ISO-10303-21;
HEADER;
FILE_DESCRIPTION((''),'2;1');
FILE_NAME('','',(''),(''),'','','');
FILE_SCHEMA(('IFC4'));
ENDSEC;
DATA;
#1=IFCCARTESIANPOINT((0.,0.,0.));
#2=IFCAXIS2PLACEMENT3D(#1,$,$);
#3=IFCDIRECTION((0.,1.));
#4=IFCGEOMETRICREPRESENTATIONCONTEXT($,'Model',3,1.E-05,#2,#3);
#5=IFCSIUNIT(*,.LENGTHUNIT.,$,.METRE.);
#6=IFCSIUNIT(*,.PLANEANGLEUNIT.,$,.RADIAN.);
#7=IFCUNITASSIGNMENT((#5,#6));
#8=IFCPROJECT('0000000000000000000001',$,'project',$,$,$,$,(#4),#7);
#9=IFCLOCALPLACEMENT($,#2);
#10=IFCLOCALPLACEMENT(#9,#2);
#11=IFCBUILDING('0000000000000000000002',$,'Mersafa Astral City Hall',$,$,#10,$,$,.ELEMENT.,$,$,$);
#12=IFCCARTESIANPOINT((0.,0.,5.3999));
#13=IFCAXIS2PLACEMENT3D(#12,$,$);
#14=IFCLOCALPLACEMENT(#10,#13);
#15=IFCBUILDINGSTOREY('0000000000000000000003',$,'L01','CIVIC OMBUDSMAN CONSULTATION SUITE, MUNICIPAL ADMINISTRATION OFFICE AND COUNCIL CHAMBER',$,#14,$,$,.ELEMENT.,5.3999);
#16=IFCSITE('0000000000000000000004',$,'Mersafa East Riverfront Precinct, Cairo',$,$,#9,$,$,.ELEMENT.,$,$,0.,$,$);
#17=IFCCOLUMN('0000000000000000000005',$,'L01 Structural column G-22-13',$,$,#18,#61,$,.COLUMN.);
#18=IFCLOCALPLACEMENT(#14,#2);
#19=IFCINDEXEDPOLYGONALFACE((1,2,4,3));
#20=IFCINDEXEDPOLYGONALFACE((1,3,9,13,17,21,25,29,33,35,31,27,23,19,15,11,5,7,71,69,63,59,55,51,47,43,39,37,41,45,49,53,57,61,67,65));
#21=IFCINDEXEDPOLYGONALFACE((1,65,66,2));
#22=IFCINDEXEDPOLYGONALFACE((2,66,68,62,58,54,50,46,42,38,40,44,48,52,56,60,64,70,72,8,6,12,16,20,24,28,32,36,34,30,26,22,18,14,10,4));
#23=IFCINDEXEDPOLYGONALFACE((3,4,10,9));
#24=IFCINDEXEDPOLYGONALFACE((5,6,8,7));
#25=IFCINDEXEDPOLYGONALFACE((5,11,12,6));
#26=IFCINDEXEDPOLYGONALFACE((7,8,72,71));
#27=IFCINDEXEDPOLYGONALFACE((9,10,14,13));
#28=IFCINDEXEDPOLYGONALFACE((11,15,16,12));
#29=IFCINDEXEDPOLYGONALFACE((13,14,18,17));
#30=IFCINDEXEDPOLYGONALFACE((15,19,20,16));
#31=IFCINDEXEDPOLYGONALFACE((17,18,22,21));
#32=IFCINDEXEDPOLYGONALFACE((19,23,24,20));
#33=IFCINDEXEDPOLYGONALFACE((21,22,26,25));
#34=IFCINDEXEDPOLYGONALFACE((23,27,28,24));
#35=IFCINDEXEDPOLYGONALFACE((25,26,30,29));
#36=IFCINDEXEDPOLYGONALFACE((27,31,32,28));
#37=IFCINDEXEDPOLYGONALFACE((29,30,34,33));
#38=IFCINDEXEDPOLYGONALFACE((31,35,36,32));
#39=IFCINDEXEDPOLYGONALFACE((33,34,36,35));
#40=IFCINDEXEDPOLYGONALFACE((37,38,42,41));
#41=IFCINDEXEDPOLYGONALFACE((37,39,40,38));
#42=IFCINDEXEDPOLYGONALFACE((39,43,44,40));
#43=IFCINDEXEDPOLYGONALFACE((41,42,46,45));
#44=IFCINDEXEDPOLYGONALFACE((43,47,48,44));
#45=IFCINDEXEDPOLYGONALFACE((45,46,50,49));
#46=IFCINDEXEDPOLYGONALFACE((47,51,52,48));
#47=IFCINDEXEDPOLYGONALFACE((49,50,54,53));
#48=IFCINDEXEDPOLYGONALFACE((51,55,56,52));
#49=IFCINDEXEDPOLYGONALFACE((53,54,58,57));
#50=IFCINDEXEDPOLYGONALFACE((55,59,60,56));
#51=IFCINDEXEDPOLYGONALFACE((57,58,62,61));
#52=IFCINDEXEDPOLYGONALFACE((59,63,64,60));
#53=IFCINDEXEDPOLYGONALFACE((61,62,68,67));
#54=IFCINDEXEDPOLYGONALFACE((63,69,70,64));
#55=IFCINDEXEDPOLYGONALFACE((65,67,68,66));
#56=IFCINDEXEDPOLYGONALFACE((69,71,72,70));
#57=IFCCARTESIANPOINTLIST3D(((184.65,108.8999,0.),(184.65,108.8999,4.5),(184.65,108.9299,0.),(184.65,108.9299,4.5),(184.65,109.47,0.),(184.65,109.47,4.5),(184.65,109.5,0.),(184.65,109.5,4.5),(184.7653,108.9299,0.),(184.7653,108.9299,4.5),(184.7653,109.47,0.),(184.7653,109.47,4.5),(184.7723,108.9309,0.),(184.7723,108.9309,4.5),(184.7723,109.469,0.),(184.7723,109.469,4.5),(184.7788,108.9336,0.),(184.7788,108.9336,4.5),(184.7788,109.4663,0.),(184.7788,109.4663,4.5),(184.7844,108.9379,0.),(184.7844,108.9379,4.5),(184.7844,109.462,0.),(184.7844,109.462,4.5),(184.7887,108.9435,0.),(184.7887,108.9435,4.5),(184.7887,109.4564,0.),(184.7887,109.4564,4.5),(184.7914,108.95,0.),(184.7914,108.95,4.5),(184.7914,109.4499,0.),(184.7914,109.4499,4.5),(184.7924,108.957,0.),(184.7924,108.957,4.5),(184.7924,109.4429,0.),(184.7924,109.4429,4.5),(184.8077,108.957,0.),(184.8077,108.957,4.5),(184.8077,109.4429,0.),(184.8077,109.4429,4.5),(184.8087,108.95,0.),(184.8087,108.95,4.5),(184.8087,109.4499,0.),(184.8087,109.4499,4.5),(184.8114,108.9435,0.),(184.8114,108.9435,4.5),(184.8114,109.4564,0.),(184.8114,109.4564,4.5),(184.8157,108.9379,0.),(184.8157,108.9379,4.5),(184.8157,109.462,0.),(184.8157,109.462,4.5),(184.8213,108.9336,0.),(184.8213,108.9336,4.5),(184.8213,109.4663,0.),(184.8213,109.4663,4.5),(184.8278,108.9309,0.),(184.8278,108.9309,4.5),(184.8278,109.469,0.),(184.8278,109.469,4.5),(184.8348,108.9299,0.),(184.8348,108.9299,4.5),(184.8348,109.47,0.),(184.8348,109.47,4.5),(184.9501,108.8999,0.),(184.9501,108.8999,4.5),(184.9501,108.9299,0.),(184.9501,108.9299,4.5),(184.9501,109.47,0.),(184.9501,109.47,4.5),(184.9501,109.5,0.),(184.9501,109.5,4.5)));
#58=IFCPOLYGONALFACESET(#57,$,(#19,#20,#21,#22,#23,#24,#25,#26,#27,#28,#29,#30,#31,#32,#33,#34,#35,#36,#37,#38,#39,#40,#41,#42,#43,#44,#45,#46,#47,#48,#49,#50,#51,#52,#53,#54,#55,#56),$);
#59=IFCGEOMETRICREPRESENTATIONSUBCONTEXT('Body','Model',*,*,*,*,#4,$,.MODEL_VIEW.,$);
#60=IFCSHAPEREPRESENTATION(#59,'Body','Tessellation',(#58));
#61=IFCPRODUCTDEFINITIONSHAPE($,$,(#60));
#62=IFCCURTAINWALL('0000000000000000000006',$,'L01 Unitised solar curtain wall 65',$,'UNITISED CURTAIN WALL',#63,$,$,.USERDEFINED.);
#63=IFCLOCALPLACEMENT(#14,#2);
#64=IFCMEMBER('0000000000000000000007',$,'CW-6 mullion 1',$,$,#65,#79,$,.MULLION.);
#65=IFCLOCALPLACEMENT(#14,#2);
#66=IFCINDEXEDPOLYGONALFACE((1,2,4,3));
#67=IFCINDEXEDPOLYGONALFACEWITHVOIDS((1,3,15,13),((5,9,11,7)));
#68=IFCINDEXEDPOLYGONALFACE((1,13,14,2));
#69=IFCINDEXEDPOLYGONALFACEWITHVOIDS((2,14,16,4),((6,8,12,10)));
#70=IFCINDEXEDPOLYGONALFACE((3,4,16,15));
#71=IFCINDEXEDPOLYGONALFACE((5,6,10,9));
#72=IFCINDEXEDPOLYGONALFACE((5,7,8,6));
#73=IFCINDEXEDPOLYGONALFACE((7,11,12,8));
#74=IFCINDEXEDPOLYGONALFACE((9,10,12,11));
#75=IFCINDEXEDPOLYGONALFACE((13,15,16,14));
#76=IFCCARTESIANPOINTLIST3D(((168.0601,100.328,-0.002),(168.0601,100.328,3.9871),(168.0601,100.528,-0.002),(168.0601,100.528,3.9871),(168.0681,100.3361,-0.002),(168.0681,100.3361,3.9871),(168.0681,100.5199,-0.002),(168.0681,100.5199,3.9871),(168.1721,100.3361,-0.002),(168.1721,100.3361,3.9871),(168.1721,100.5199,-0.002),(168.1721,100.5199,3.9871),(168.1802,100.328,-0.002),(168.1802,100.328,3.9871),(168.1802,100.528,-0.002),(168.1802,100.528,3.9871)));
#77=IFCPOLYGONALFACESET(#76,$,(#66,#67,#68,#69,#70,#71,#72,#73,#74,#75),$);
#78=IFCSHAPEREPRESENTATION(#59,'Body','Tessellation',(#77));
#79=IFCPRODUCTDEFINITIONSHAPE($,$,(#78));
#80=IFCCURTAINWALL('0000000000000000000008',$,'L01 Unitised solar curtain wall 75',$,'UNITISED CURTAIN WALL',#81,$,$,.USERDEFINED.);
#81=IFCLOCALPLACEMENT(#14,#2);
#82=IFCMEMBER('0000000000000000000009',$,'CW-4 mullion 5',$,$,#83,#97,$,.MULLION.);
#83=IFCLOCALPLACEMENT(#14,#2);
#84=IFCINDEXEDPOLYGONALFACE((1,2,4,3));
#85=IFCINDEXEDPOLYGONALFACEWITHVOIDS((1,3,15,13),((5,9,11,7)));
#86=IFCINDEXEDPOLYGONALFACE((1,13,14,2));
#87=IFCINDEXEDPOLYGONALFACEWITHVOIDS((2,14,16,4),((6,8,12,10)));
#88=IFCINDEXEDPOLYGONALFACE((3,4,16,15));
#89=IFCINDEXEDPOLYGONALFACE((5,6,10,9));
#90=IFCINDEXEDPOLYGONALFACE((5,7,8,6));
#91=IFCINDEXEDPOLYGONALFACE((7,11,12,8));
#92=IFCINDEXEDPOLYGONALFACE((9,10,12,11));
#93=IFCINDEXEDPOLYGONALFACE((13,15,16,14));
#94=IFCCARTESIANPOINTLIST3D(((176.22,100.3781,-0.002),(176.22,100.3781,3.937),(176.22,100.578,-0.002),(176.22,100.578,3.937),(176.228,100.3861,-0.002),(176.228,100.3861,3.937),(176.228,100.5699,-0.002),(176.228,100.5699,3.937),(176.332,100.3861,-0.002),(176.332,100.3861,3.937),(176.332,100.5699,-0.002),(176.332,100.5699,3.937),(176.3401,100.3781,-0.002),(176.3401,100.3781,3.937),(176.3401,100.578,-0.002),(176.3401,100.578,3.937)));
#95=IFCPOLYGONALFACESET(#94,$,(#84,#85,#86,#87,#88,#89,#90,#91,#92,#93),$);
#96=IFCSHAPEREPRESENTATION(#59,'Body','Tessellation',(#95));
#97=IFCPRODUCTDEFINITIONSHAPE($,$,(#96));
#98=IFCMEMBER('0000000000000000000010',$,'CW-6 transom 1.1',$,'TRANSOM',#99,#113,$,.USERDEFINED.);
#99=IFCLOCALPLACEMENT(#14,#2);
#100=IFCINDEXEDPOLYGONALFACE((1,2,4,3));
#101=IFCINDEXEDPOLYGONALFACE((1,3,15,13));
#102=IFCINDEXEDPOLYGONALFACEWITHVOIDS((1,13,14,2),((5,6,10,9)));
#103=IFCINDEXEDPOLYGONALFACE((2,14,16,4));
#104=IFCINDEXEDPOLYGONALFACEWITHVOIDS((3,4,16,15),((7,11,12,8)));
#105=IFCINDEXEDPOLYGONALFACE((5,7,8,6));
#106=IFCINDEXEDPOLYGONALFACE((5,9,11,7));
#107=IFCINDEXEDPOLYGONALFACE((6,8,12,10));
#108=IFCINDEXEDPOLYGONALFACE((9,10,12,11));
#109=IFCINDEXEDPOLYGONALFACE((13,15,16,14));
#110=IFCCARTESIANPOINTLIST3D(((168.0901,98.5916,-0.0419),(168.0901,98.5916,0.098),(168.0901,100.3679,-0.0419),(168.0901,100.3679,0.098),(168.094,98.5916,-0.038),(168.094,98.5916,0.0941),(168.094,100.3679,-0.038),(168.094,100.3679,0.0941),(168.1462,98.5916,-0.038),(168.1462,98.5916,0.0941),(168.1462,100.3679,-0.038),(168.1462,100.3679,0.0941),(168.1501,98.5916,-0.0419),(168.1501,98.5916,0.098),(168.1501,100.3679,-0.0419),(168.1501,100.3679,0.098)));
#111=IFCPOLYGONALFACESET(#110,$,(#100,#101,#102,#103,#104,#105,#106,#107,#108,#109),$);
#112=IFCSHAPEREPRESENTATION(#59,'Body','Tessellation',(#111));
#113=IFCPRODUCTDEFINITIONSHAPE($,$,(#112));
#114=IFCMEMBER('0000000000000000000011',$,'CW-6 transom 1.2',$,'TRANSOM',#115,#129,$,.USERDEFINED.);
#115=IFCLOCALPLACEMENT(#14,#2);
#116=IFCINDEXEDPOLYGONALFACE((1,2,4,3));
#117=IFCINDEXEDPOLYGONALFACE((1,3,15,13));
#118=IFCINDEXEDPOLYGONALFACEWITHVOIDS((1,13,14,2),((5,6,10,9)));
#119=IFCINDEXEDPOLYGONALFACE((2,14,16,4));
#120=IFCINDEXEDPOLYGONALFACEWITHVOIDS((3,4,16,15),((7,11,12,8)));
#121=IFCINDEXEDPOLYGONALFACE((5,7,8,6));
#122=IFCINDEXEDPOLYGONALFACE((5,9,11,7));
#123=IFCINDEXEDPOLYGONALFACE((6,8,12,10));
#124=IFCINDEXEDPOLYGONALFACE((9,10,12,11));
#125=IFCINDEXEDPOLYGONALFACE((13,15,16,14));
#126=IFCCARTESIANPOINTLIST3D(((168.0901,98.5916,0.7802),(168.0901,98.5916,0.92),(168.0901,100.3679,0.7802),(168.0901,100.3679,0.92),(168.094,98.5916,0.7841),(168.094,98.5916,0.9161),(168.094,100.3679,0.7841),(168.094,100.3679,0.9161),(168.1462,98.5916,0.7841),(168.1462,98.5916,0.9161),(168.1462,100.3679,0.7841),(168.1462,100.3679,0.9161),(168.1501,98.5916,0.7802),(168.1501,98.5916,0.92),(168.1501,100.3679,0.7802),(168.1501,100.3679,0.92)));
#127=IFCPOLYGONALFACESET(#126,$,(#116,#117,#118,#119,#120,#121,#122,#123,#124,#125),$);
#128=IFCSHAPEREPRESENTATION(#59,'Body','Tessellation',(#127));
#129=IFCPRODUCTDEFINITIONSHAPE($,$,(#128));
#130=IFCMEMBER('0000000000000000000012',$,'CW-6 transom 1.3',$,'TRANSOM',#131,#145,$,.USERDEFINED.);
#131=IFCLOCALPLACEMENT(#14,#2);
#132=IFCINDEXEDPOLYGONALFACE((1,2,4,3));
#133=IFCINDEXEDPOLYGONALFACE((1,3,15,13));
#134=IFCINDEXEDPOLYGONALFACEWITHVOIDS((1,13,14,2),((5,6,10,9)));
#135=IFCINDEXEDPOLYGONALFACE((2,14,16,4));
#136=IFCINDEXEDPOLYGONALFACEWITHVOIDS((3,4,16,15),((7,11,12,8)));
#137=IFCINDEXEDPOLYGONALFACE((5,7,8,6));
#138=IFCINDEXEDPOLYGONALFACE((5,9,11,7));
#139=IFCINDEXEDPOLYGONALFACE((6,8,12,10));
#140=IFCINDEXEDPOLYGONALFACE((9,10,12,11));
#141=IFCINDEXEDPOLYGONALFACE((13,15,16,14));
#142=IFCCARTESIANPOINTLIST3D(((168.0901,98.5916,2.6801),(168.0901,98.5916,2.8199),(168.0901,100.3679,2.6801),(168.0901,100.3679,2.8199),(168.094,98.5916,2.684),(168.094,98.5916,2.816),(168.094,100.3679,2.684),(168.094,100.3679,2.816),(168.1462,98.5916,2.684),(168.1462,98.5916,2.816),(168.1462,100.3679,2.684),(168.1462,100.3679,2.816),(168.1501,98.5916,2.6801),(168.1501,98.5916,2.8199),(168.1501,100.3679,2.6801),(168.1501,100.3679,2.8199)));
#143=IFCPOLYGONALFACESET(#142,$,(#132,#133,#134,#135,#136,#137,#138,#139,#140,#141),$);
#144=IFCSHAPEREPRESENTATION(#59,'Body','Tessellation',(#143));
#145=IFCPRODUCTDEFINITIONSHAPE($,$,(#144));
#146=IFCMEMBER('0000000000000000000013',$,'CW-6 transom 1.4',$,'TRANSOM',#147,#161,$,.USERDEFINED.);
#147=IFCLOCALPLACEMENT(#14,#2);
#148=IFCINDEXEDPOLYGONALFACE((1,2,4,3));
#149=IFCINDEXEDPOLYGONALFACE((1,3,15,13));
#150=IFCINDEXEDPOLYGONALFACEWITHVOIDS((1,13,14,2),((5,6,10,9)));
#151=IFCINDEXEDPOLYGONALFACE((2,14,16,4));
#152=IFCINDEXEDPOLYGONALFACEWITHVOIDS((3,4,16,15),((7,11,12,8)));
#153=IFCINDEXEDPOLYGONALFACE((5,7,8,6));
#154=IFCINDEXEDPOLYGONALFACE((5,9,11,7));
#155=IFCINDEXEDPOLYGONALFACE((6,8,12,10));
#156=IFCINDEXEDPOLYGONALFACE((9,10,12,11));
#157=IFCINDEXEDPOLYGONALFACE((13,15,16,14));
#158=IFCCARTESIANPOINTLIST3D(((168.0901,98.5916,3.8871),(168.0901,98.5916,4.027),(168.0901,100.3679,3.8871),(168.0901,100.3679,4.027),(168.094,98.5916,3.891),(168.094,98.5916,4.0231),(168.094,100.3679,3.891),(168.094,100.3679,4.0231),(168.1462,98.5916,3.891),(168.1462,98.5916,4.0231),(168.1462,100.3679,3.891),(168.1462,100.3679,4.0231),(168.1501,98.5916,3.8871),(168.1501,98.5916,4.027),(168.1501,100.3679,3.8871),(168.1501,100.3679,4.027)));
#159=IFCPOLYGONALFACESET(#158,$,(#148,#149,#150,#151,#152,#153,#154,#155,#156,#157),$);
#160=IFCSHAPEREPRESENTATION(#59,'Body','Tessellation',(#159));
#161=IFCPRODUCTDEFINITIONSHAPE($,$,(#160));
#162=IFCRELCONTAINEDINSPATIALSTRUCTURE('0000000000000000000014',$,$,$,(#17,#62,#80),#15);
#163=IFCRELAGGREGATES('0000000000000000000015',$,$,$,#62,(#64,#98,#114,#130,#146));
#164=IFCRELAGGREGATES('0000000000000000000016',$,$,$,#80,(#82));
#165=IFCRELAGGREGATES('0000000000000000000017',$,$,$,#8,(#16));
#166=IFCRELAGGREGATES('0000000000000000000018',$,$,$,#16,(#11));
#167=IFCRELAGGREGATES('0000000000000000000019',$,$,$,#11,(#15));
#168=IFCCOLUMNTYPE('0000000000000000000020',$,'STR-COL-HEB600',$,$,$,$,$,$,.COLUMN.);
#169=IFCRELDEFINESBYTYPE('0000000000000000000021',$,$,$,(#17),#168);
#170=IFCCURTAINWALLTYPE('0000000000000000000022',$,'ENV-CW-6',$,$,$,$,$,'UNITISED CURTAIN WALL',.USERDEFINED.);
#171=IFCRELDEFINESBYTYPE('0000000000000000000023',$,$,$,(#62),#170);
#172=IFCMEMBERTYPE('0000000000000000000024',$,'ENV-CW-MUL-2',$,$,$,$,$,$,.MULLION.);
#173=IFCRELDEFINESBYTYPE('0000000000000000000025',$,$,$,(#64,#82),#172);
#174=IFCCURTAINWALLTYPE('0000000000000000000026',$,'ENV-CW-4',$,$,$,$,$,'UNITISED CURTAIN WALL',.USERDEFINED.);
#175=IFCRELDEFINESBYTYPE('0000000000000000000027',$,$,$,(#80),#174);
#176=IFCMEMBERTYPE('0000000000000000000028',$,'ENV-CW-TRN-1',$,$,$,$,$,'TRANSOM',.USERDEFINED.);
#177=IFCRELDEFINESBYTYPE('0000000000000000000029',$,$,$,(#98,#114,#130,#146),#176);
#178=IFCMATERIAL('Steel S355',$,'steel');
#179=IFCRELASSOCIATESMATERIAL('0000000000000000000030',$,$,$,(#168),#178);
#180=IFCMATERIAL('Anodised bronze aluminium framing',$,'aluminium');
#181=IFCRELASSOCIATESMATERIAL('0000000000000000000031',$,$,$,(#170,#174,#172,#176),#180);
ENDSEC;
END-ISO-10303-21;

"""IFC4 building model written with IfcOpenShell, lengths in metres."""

from ifc_helpers import new_model, si_unit, direction, frame, origin, origin_2d, place, context, subcontext, project, spatial, hollow_rectangle, i_section, extrude, material, material_profile, profile_set, type_object, element, aggregate, save


model = new_model("IFC4")

# Units and contexts
model_context = context("Model", 3, precision=1e-05, world=origin(), true_north=direction((0.0, 1.0)))
body_context = subcontext(model_context, "Body", "Model", "MODEL_VIEW")
ifc_project = project(units=[si_unit("LENGTHUNIT", "METRE"), si_unit("PLANEANGLEUNIT", "RADIAN")], contexts=[model_context])

# Site, building, storey
site_placement = place(None, origin())
site = spatial("IfcSite", under=ifc_project, at=site_placement, Name="Mersafa East Riverfront Precinct, Cairo", CompositionType="ELEMENT", RefElevation=0.0)
building_placement = place(site_placement, origin())
building = spatial("IfcBuilding", under=site, at=building_placement, Name="Mersafa Astral City Hall", CompositionType="ELEMENT")
storey_placement = place(building_placement, frame((0.0, 0.0, 5.3999)))
storey = spatial("IfcBuildingStorey", under=building, at=storey_placement, Name="L01", Description="CIVIC OMBUDSMAN CONSULTATION SUITE, MUNICIPAL ADMINISTRATION OFFICE AND COUNCIL CHAMBER", CompositionType="ELEMENT", Elevation=5.3999)

# Column
ifc_material_1 = material(Name="Steel S355", Category="steel")
ifc_material_profile_1 = material_profile(ifc_material_1, i_section(OverallWidth=0.3, OverallDepth=0.6001, WebThickness=0.0154, FlangeThickness=0.03, FilletRadius=0.0271, at=origin_2d()), Name="HEB 600")
ifc_profile_set_1 = profile_set([ifc_material_profile_1], Name="Steel S355")
column_type_1 = type_object("IfcColumnType", Name="STR-COL-HEB600", PredefinedType="COLUMN", material=ifc_profile_set_1)
for number, where, z_axis, x_axis, name in (
    (1, (184.8, 109.2, 0.0), (0.0, 0.0, 1.0), (1.0, 0.0, 0.0), "L01 Structural column G-22-13"),
):
    element("IfcColumn", number, at=place(storey_placement, frame(where, z_axis=z_axis, x_axis=x_axis)), inside=storey, type_object=column_type_1, Name=name, PredefinedType="COLUMN", context=body_context, shape_type="SweptSolid", body=[
        extrude(i_section(OverallWidth=0.3, OverallDepth=0.6001, WebThickness=0.0154, FlangeThickness=0.03, FilletRadius=0.0271, at=origin_2d()), origin(), (0.0, 0.0, 1.0), 4.5),
    ])

# Curtain walls, members
ifc_material_2 = material(Name="Anodised bronze aluminium framing", Category="aluminium")
curtain_wall_type_1 = type_object("IfcCurtainWallType", Name="ENV-CW-6", ElementType="UNITISED CURTAIN WALL", PredefinedType="USERDEFINED", material=ifc_material_2)
curtain_wall_1_placement = place(storey_placement, origin())
curtain_wall_1 = element("IfcCurtainWall", 2, at=curtain_wall_1_placement, inside=storey, type_object=curtain_wall_type_1, Name="L01 Unitised solar curtain wall 65", ObjectType="UNITISED CURTAIN WALL", PredefinedType="USERDEFINED")
ifc_material_profile_2 = material_profile(ifc_material_2, hollow_rectangle(XDim=0.1201, YDim=0.2, WallThickness=0.0081, at=origin_2d()), Name="RHS 120x200x8")
ifc_profile_set_2 = profile_set([ifc_material_profile_2], Name="Anodised bronze aluminium framing")
member_type_1 = type_object("IfcMemberType", Name="ENV-CW-MUL-2", PredefinedType="MULLION", material=ifc_profile_set_2)
member_1_placement = place(storey_placement, frame((168.1201, 100.428, -0.002), z_axis=(0.0, 0.0, 1.0), x_axis=(1.0, 0.0, 0.0)))
member_1 = element("IfcMember", 3, at=member_1_placement, type_object=member_type_1, Name="CW-6 mullion 1", PredefinedType="MULLION", context=body_context, shape_type="SweptSolid", body=[
    extrude(hollow_rectangle(XDim=0.1201, YDim=0.2, WallThickness=0.0081, at=origin_2d()), origin(), (0.0, 0.0, 1.0), 3.989),
])
curtain_wall_type_2 = type_object("IfcCurtainWallType", Name="ENV-CW-4", ElementType="UNITISED CURTAIN WALL", PredefinedType="USERDEFINED", material=ifc_material_2)
curtain_wall_2_placement = place(storey_placement, origin())
curtain_wall_2 = element("IfcCurtainWall", 4, at=curtain_wall_2_placement, inside=storey, type_object=curtain_wall_type_2, Name="L01 Unitised solar curtain wall 75", ObjectType="UNITISED CURTAIN WALL", PredefinedType="USERDEFINED")
member_2_placement = place(storey_placement, frame((176.28, 100.478, -0.002), z_axis=(0.0, 0.0, 1.0), x_axis=(-1.0, 0.0, 0.0)))
member_2 = element("IfcMember", 5, at=member_2_placement, type_object=member_type_1, Name="CW-4 mullion 5", PredefinedType="MULLION", context=body_context, shape_type="SweptSolid", body=[
    extrude(hollow_rectangle(XDim=0.1201, YDim=0.2, WallThickness=0.0081, at=origin_2d()), origin(), (0.0, 0.0, 1.0), 3.939),
])

# Members
ifc_material_profile_3 = material_profile(ifc_material_2, hollow_rectangle(XDim=0.0601, YDim=0.1399, WallThickness=0.0039, at=origin_2d()), Name="RHS 60x140x4")
ifc_profile_set_3 = profile_set([ifc_material_profile_3], Name="Anodised bronze aluminium framing")
member_type_2 = type_object("IfcMemberType", Name="ENV-CW-TRN-1", ElementType="TRANSOM", PredefinedType="USERDEFINED", material=ifc_profile_set_3)
member_3_placement = place(storey_placement, frame((168.1201, 100.3679, 0.0281), z_axis=(0.0, -1.0, 0.0), x_axis=(1.0, 0.0, 0.0)))
member_3 = element("IfcMember", 6, at=member_3_placement, type_object=member_type_2, Name="CW-6 transom 1.1", ObjectType="TRANSOM", PredefinedType="USERDEFINED", context=body_context, shape_type="SweptSolid", body=[
    extrude(hollow_rectangle(XDim=0.0601, YDim=0.1399, WallThickness=0.0039, at=origin_2d()), origin(), (0.0, 0.0, 1.0), 1.7764),
])
member_4_placement = place(storey_placement, frame((168.1201, 100.3679, 0.8501), z_axis=(0.0, -1.0, 0.0), x_axis=(1.0, 0.0, 0.0)))
member_4 = element("IfcMember", 7, at=member_4_placement, type_object=member_type_2, Name="CW-6 transom 1.2", ObjectType="TRANSOM", PredefinedType="USERDEFINED", context=body_context, shape_type="SweptSolid", body=[
    extrude(hollow_rectangle(XDim=0.0601, YDim=0.1399, WallThickness=0.0039, at=origin_2d()), origin(), (0.0, 0.0, 1.0), 1.7764),
])
member_5_placement = place(storey_placement, frame((168.1201, 100.3679, 2.75), z_axis=(0.0, -1.0, 0.0), x_axis=(1.0, 0.0, 0.0)))
member_5 = element("IfcMember", 8, at=member_5_placement, type_object=member_type_2, Name="CW-6 transom 1.3", ObjectType="TRANSOM", PredefinedType="USERDEFINED", context=body_context, shape_type="SweptSolid", body=[
    extrude(hollow_rectangle(XDim=0.0601, YDim=0.1399, WallThickness=0.0039, at=origin_2d()), origin(), (0.0, 0.0, 1.0), 1.7764),
])
member_6_placement = place(storey_placement, frame((168.1201, 100.3679, 3.957), z_axis=(0.0, -1.0, 0.0), x_axis=(1.0, 0.0, 0.0)))
member_6 = element("IfcMember", 9, at=member_6_placement, type_object=member_type_2, Name="CW-6 transom 1.4", ObjectType="TRANSOM", PredefinedType="USERDEFINED", context=body_context, shape_type="SweptSolid", body=[
    extrude(hollow_rectangle(XDim=0.0601, YDim=0.1399, WallThickness=0.0039, at=origin_2d()), origin(), (0.0, 0.0, 1.0), 1.7764),
])

aggregate(curtain_wall_1, [member_1, member_3, member_4, member_5, member_6])
aggregate(curtain_wall_2, [member_2])

save(model, "model.ifc")
